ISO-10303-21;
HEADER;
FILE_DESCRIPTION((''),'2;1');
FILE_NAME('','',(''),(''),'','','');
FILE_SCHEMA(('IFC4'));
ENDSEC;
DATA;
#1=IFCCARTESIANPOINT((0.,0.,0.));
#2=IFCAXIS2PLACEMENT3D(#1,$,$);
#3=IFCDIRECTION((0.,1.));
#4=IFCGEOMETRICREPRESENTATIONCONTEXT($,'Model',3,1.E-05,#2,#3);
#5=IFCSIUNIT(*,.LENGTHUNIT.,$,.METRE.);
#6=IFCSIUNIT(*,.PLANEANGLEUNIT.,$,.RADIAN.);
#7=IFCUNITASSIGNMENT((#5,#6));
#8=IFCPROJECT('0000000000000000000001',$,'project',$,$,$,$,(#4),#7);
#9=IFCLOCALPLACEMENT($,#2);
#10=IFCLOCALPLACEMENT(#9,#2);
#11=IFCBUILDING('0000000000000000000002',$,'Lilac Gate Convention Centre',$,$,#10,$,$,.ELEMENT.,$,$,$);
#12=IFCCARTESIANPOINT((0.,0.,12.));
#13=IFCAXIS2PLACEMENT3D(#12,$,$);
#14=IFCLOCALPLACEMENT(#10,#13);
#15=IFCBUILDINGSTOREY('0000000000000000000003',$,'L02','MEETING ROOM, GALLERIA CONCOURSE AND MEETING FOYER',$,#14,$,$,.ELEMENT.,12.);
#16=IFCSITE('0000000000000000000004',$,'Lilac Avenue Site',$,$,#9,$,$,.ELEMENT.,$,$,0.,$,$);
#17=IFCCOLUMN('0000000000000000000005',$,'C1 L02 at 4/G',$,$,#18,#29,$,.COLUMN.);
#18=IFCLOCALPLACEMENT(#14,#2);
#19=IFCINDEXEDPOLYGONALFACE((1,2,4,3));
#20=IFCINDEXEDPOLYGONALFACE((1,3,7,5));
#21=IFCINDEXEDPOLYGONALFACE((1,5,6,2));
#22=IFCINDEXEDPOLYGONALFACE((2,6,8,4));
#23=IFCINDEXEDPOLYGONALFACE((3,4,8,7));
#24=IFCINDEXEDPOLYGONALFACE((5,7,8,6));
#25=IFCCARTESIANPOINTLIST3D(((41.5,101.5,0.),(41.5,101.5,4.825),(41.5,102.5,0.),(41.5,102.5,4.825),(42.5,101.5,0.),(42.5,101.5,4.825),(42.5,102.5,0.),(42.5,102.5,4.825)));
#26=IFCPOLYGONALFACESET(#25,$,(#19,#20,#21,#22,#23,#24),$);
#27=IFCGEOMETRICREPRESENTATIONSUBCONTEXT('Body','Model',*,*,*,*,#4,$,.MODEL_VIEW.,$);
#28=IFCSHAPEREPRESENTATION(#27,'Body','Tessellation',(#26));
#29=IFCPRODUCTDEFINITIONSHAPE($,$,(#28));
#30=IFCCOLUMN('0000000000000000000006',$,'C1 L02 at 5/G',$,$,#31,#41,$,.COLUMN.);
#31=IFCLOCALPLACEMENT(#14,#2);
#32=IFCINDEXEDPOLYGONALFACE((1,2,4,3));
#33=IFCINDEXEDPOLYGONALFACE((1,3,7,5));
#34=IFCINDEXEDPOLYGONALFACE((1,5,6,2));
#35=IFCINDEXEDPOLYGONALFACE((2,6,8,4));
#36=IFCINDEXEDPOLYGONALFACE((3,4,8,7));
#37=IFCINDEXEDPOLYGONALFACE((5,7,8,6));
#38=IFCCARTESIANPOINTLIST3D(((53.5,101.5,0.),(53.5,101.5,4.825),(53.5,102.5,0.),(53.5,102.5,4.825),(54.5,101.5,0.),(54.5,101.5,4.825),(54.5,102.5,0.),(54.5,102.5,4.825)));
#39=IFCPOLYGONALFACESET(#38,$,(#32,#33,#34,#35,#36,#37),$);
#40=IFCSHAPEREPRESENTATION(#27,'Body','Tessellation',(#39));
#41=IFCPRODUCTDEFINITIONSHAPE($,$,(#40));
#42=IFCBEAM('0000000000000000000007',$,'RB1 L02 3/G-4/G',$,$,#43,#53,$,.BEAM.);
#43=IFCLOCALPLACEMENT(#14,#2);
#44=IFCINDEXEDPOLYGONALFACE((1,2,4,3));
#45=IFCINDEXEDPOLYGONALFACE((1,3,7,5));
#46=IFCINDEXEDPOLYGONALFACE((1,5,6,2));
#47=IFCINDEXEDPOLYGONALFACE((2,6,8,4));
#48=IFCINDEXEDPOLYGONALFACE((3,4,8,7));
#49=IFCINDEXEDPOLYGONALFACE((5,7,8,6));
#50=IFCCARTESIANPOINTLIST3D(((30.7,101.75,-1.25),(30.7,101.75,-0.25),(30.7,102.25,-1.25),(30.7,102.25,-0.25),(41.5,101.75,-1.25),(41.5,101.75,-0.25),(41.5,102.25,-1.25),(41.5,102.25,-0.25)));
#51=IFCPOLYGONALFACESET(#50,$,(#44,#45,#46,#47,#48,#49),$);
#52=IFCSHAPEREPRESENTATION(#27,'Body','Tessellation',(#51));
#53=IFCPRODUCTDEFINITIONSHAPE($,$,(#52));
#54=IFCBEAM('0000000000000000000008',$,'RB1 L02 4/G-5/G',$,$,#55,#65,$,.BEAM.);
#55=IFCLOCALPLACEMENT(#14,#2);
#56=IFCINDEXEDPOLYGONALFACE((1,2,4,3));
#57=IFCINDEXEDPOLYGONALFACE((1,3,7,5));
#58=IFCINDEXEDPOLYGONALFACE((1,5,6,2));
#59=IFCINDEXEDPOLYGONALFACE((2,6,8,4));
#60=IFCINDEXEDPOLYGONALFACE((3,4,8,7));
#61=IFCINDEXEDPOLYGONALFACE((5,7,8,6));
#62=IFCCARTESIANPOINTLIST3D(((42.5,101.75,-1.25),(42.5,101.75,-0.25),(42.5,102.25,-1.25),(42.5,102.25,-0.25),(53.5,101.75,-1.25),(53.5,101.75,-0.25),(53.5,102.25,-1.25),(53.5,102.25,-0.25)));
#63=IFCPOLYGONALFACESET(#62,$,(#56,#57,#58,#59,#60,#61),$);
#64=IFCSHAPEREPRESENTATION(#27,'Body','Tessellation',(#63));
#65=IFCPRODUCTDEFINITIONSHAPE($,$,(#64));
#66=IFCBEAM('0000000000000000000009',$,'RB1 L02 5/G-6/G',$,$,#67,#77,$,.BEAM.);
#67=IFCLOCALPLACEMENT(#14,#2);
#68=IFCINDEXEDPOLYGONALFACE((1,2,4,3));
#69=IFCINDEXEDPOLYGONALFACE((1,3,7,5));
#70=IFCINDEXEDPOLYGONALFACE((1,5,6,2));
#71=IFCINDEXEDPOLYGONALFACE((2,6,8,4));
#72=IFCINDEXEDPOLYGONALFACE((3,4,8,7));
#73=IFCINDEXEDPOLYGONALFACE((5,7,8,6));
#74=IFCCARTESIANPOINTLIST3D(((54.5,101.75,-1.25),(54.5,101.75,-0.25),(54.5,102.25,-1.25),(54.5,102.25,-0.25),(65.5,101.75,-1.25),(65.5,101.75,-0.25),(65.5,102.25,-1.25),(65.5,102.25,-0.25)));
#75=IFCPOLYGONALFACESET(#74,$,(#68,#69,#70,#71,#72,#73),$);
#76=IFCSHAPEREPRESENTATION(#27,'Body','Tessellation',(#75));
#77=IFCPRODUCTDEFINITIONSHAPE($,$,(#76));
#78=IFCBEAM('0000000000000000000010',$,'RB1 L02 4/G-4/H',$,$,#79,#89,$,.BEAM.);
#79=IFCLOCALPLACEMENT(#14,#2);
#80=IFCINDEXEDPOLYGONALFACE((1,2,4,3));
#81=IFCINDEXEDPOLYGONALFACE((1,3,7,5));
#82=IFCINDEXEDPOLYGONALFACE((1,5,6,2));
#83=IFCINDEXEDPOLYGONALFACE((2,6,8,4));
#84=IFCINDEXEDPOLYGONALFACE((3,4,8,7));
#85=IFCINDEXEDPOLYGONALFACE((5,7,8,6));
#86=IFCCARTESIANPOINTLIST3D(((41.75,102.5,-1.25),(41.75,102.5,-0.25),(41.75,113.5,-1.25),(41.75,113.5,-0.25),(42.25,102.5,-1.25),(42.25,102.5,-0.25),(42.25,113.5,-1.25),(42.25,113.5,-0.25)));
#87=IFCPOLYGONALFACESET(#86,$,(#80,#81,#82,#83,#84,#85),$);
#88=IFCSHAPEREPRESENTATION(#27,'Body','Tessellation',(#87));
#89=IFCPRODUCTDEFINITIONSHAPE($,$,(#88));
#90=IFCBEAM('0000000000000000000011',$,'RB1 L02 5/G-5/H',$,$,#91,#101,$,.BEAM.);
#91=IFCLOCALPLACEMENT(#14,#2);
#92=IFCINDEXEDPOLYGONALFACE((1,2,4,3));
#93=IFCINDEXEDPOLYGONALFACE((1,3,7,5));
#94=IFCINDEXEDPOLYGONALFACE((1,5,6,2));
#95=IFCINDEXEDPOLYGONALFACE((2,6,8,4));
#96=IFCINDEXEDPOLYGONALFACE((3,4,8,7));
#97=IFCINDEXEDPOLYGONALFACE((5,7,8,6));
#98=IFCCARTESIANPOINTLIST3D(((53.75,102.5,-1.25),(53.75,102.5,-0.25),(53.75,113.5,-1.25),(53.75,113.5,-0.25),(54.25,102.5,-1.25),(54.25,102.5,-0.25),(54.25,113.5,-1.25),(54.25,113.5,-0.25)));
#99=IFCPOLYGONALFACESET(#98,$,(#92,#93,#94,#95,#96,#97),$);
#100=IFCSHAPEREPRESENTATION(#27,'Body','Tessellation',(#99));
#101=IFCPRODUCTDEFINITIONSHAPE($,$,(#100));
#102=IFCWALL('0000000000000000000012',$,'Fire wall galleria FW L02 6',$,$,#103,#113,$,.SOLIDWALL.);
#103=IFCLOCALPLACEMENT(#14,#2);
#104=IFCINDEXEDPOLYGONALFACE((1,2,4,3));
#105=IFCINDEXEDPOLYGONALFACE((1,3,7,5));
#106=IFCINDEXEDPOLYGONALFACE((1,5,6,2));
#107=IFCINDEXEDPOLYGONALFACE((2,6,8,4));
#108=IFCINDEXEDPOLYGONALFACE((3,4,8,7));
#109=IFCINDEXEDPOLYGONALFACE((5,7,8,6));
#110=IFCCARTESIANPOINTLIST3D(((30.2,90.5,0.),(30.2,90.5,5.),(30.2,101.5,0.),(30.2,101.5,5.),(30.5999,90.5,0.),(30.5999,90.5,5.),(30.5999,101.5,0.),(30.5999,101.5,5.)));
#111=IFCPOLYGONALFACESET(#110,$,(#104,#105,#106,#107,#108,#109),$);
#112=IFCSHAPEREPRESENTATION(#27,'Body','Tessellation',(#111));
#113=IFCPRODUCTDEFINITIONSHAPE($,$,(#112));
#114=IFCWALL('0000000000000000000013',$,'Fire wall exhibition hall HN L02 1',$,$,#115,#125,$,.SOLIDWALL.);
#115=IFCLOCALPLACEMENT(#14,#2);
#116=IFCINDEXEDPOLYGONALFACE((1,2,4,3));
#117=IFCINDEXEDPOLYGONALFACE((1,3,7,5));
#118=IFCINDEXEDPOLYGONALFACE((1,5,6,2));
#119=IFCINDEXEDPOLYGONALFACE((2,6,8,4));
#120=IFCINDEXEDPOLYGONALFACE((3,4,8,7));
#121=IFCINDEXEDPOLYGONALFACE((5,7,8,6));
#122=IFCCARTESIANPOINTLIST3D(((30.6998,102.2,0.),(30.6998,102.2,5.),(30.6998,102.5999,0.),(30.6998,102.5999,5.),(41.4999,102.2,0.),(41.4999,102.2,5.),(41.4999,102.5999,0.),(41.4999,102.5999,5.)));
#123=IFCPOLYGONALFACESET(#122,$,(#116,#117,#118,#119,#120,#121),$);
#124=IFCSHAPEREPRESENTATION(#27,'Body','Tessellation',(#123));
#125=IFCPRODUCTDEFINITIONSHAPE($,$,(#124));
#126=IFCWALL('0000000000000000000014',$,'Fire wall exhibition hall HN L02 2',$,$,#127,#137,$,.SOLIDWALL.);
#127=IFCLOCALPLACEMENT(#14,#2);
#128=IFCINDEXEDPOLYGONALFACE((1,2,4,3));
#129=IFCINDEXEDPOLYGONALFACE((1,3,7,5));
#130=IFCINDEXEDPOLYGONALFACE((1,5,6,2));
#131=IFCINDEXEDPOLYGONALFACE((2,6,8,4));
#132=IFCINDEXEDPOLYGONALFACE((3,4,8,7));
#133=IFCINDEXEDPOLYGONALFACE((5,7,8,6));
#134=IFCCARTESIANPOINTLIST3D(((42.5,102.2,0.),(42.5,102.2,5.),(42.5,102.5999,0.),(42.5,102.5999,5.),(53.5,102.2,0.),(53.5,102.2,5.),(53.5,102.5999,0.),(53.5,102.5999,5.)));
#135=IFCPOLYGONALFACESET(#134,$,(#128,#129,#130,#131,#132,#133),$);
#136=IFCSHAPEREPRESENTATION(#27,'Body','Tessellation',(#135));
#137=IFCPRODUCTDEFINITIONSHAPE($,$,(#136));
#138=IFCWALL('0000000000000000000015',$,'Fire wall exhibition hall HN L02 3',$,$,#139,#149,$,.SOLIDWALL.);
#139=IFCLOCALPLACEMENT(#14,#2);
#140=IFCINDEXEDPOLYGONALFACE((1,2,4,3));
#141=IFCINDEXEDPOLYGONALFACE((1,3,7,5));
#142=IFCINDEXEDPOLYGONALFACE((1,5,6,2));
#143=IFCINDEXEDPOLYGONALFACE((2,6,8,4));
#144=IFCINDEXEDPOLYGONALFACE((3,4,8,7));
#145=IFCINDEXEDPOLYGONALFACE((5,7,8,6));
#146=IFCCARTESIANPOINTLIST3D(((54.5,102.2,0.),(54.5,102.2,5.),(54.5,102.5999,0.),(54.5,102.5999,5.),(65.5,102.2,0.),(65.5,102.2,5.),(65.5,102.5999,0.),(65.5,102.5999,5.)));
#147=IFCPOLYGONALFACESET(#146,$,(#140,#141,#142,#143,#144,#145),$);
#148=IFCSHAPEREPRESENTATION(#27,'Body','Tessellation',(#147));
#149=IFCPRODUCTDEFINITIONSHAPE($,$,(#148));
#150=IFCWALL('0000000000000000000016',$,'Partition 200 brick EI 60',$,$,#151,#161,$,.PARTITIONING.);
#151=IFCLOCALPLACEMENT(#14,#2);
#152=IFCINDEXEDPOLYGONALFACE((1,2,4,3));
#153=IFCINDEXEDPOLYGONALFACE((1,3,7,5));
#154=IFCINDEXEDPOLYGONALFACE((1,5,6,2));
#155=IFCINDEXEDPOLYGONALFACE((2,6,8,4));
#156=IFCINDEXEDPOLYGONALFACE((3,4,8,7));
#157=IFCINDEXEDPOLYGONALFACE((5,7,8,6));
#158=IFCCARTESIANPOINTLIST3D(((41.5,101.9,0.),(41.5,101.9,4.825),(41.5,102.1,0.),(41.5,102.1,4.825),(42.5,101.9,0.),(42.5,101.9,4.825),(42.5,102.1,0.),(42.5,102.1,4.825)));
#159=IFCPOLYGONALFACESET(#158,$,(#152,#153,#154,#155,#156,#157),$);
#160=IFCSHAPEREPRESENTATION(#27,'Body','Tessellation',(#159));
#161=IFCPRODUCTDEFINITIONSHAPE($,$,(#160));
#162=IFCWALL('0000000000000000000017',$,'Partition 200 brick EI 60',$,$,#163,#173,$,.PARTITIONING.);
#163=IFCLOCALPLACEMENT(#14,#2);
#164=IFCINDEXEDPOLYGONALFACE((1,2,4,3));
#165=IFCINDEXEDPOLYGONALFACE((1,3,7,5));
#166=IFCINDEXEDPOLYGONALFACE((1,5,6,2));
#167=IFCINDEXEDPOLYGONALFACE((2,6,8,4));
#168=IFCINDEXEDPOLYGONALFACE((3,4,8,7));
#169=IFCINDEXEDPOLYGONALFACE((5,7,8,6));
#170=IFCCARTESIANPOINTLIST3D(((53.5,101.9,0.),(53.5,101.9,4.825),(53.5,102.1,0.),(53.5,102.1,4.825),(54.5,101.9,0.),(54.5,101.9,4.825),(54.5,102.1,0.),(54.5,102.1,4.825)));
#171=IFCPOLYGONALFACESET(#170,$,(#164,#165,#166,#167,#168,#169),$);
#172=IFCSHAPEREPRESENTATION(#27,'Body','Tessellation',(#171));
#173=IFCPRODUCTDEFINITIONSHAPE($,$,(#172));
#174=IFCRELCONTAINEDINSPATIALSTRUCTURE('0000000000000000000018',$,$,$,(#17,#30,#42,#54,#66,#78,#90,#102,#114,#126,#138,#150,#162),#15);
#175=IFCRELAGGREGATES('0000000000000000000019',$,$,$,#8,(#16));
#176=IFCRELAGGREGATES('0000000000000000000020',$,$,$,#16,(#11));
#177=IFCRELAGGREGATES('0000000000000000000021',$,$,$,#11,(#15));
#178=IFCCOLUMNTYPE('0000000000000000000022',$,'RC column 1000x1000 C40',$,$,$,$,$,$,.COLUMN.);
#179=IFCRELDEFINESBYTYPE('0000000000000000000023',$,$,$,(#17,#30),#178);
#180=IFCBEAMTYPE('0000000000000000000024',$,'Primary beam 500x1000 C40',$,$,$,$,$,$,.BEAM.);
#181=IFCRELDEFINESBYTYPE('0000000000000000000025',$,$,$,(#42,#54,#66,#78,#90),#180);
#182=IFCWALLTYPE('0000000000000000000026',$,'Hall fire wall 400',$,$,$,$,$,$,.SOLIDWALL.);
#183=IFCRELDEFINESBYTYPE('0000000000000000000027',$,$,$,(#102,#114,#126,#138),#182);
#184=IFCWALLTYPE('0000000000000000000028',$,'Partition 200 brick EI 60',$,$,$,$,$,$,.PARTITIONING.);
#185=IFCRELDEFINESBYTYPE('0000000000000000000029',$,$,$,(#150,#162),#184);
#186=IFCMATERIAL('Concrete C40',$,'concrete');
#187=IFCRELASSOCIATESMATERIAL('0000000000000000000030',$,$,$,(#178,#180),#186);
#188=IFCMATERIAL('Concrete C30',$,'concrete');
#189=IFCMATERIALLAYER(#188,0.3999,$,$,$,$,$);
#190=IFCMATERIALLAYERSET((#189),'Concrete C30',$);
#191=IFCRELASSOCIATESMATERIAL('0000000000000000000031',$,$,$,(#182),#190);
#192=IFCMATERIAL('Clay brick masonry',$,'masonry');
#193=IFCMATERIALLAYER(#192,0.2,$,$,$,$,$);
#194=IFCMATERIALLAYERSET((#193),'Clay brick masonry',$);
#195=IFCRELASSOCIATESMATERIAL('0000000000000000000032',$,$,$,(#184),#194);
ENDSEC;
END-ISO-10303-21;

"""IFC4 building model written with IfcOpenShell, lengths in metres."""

from ifc_helpers import new_model, si_unit, direction, frame, frame_2d, origin, origin_2d, place, context, subcontext, project, spatial, rectangle, extrude, material, layer, layer_set, material_profile, profile_set, type_object, element, save


model = new_model("IFC4")

# Units and contexts
model_context = context("Model", 3, precision=1e-05, world=origin(), true_north=direction((0.0, 1.0)))
body_context = subcontext(model_context, "Body", "Model", "MODEL_VIEW")
ifc_project = project(units=[si_unit("LENGTHUNIT", "METRE"), si_unit("PLANEANGLEUNIT", "RADIAN")], contexts=[model_context])

# Site, building, storey
site_placement = place(None, origin())
site = spatial("IfcSite", under=ifc_project, at=site_placement, Name="Lilac Avenue Site", CompositionType="ELEMENT", RefElevation=0.0)
building_placement = place(site_placement, origin())
building = spatial("IfcBuilding", under=site, at=building_placement, Name="Lilac Gate Convention Centre", CompositionType="ELEMENT")
storey_placement = place(building_placement, frame((0.0, 0.0, 12.0)))
storey = spatial("IfcBuildingStorey", under=building, at=storey_placement, Name="L02", Description="MEETING ROOM, GALLERIA CONCOURSE AND MEETING FOYER", CompositionType="ELEMENT", Elevation=12.0)

# Columns
ifc_material_1 = material(Name="Concrete C40", Category="concrete")
ifc_material_profile_1 = material_profile(ifc_material_1, rectangle(XDim=1.0, YDim=1.0, at=origin_2d()), Name="RC 1000x1000")
ifc_profile_set_1 = profile_set([ifc_material_profile_1], Name="Concrete C40")
column_type = type_object("IfcColumnType", Name="RC column 1000x1000 C40", PredefinedType="COLUMN", material=ifc_profile_set_1)
for number, where, z_axis, x_axis, name in (
    (1, (42.0, 102.0, 0.0), (0.0, 0.0, 1.0), (1.0, 0.0, 0.0), "C1 L02 at 4/G"),
    (2, (54.0, 102.0, 0.0), (0.0, 0.0, 1.0), (1.0, 0.0, 0.0), "C1 L02 at 5/G"),
):
    element("IfcColumn", number, at=place(storey_placement, frame(where, z_axis=z_axis, x_axis=x_axis)), inside=storey, type_object=column_type, Name=name, PredefinedType="COLUMN", context=body_context, shape_type="SweptSolid", body=[
        extrude(rectangle(XDim=1.0, YDim=1.0, at=origin_2d()), origin(), (0.0, 0.0, 1.0), 4.825),
    ])

# Beams
ifc_material_profile_2 = material_profile(ifc_material_1, rectangle(XDim=0.5, YDim=1.0, at=origin_2d()), Name="RC 500x1000")
ifc_profile_set_2 = profile_set([ifc_material_profile_2], Name="Concrete C40")
beam_type = type_object("IfcBeamType", Name="Primary beam 500x1000 C40", PredefinedType="BEAM", material=ifc_profile_set_2)
beam_placement = place(storey_placement, frame((30.7, 102.0, -0.75), z_axis=(1.0, 0.0, 0.0), x_axis=(0.0, 1.0, 0.0)))
element("IfcBeam", 3, at=beam_placement, inside=storey, type_object=beam_type, Name="RB1 L02 3/G-4/G", PredefinedType="BEAM", context=body_context, shape_type="SweptSolid", body=[
    extrude(rectangle(XDim=0.5, YDim=1.0, at=origin_2d()), origin(), (0.0, 0.0, 1.0), 10.8),
])
for number, where, z_axis, x_axis, name in (
    (4, (42.5, 102.0, -0.75), (1.0, 0.0, 0.0), (0.0, 1.0, 0.0), "RB1 L02 4/G-5/G"),
    (5, (54.5, 102.0, -0.75), (1.0, 0.0, 0.0), (0.0, 1.0, 0.0), "RB1 L02 5/G-6/G"),
    (6, (42.0, 102.5, -0.75), (0.0, 1.0, 0.0), (-1.0, 0.0, 0.0), "RB1 L02 4/G-4/H"),
    (7, (54.0, 102.5, -0.75), (0.0, 1.0, 0.0), (-1.0, 0.0, 0.0), "RB1 L02 5/G-5/H"),
):
    element("IfcBeam", number, at=place(storey_placement, frame(where, z_axis=z_axis, x_axis=x_axis)), inside=storey, type_object=beam_type, Name=name, PredefinedType="BEAM", context=body_context, shape_type="SweptSolid", body=[
        extrude(rectangle(XDim=0.5, YDim=1.0, at=origin_2d()), origin(), (0.0, 0.0, 1.0), 11.0),
    ])

# Wall
ifc_material_2 = material(Name="Concrete C30", Category="concrete")
ifc_layer_1 = layer(ifc_material_2, 0.3999)
ifc_layer_set_1 = layer_set([ifc_layer_1], Name="Concrete C30")
wall_type_1 = type_object("IfcWallType", Name="Hall fire wall 400", PredefinedType="SOLIDWALL", material=ifc_layer_set_1)
wall_1_placement = place(storey_placement, frame((30.3999, 90.5, 0.0), z_axis=(0.0, 0.0, 1.0), x_axis=(0.0, 1.0, 0.0)))
element("IfcWall", 8, at=wall_1_placement, inside=storey, type_object=wall_type_1, Name="Fire wall galleria FW L02 6", PredefinedType="SOLIDWALL", context=body_context, shape_type="SweptSolid", body=[
    extrude(rectangle(XDim=11.0, YDim=0.3999, at=frame_2d((5.5, 0.0))), origin(), (0.0, 0.0, 1.0), 5.0),
])

# Walls
wall_2_placement = place(storey_placement, frame((30.7, 102.3999, 0.0), z_axis=(0.0, 0.0, 1.0), x_axis=(1.0, 0.0, 0.0)))
element("IfcWall", 9, at=wall_2_placement, inside=storey, type_object=wall_type_1, Name="Fire wall exhibition hall HN L02 1", PredefinedType="SOLIDWALL", context=body_context, shape_type="SweptSolid", body=[
    extrude(rectangle(XDim=10.8, YDim=0.3999, at=frame_2d((5.3999, 0.0))), origin(), (0.0, 0.0, 1.0), 5.0),
])
for number, where, z_axis, x_axis, name in (
    (10, (42.5, 102.3999, 0.0), (0.0, 0.0, 1.0), (1.0, 0.0, 0.0), "Fire wall exhibition hall HN L02 2"),
    (11, (54.5, 102.3999, 0.0), (0.0, 0.0, 1.0), (1.0, 0.0, 0.0), "Fire wall exhibition hall HN L02 3"),
):
    element("IfcWall", number, at=place(storey_placement, frame(where, z_axis=z_axis, x_axis=x_axis)), inside=storey, type_object=wall_type_1, Name=name, PredefinedType="SOLIDWALL", context=body_context, shape_type="SweptSolid", body=[
        extrude(rectangle(XDim=11.0, YDim=0.3999, at=frame_2d((5.5, 0.0))), origin(), (0.0, 0.0, 1.0), 5.0),
    ])
ifc_material_3 = material(Name="Clay brick masonry", Category="masonry")
ifc_layer_2 = layer(ifc_material_3, 0.2)
ifc_layer_set_2 = layer_set([ifc_layer_2], Name="Clay brick masonry")
wall_type_2 = type_object("IfcWallType", Name="Partition 200 brick EI 60", PredefinedType="PARTITIONING", material=ifc_layer_set_2)
for number, where, z_axis, x_axis, name in (
    (12, (41.5, 102.0, 0.0), (0.0, 0.0, 1.0), (1.0, 0.0, 0.0), "Partition 200 brick EI 60"),
    (13, (53.5, 102.0, 0.0), (0.0, 0.0, 1.0), (1.0, 0.0, 0.0), "Partition 200 brick EI 60"),
):
    element("IfcWall", number, at=place(storey_placement, frame(where, z_axis=z_axis, x_axis=x_axis)), inside=storey, type_object=wall_type_2, Name=name, PredefinedType="PARTITIONING", context=body_context, shape_type="SweptSolid", body=[
        extrude(rectangle(XDim=1.0, YDim=0.2, at=frame_2d((0.5, 0.0))), origin(), (0.0, 0.0, 1.0), 4.825),
    ])

save(model, "model.ifc")
